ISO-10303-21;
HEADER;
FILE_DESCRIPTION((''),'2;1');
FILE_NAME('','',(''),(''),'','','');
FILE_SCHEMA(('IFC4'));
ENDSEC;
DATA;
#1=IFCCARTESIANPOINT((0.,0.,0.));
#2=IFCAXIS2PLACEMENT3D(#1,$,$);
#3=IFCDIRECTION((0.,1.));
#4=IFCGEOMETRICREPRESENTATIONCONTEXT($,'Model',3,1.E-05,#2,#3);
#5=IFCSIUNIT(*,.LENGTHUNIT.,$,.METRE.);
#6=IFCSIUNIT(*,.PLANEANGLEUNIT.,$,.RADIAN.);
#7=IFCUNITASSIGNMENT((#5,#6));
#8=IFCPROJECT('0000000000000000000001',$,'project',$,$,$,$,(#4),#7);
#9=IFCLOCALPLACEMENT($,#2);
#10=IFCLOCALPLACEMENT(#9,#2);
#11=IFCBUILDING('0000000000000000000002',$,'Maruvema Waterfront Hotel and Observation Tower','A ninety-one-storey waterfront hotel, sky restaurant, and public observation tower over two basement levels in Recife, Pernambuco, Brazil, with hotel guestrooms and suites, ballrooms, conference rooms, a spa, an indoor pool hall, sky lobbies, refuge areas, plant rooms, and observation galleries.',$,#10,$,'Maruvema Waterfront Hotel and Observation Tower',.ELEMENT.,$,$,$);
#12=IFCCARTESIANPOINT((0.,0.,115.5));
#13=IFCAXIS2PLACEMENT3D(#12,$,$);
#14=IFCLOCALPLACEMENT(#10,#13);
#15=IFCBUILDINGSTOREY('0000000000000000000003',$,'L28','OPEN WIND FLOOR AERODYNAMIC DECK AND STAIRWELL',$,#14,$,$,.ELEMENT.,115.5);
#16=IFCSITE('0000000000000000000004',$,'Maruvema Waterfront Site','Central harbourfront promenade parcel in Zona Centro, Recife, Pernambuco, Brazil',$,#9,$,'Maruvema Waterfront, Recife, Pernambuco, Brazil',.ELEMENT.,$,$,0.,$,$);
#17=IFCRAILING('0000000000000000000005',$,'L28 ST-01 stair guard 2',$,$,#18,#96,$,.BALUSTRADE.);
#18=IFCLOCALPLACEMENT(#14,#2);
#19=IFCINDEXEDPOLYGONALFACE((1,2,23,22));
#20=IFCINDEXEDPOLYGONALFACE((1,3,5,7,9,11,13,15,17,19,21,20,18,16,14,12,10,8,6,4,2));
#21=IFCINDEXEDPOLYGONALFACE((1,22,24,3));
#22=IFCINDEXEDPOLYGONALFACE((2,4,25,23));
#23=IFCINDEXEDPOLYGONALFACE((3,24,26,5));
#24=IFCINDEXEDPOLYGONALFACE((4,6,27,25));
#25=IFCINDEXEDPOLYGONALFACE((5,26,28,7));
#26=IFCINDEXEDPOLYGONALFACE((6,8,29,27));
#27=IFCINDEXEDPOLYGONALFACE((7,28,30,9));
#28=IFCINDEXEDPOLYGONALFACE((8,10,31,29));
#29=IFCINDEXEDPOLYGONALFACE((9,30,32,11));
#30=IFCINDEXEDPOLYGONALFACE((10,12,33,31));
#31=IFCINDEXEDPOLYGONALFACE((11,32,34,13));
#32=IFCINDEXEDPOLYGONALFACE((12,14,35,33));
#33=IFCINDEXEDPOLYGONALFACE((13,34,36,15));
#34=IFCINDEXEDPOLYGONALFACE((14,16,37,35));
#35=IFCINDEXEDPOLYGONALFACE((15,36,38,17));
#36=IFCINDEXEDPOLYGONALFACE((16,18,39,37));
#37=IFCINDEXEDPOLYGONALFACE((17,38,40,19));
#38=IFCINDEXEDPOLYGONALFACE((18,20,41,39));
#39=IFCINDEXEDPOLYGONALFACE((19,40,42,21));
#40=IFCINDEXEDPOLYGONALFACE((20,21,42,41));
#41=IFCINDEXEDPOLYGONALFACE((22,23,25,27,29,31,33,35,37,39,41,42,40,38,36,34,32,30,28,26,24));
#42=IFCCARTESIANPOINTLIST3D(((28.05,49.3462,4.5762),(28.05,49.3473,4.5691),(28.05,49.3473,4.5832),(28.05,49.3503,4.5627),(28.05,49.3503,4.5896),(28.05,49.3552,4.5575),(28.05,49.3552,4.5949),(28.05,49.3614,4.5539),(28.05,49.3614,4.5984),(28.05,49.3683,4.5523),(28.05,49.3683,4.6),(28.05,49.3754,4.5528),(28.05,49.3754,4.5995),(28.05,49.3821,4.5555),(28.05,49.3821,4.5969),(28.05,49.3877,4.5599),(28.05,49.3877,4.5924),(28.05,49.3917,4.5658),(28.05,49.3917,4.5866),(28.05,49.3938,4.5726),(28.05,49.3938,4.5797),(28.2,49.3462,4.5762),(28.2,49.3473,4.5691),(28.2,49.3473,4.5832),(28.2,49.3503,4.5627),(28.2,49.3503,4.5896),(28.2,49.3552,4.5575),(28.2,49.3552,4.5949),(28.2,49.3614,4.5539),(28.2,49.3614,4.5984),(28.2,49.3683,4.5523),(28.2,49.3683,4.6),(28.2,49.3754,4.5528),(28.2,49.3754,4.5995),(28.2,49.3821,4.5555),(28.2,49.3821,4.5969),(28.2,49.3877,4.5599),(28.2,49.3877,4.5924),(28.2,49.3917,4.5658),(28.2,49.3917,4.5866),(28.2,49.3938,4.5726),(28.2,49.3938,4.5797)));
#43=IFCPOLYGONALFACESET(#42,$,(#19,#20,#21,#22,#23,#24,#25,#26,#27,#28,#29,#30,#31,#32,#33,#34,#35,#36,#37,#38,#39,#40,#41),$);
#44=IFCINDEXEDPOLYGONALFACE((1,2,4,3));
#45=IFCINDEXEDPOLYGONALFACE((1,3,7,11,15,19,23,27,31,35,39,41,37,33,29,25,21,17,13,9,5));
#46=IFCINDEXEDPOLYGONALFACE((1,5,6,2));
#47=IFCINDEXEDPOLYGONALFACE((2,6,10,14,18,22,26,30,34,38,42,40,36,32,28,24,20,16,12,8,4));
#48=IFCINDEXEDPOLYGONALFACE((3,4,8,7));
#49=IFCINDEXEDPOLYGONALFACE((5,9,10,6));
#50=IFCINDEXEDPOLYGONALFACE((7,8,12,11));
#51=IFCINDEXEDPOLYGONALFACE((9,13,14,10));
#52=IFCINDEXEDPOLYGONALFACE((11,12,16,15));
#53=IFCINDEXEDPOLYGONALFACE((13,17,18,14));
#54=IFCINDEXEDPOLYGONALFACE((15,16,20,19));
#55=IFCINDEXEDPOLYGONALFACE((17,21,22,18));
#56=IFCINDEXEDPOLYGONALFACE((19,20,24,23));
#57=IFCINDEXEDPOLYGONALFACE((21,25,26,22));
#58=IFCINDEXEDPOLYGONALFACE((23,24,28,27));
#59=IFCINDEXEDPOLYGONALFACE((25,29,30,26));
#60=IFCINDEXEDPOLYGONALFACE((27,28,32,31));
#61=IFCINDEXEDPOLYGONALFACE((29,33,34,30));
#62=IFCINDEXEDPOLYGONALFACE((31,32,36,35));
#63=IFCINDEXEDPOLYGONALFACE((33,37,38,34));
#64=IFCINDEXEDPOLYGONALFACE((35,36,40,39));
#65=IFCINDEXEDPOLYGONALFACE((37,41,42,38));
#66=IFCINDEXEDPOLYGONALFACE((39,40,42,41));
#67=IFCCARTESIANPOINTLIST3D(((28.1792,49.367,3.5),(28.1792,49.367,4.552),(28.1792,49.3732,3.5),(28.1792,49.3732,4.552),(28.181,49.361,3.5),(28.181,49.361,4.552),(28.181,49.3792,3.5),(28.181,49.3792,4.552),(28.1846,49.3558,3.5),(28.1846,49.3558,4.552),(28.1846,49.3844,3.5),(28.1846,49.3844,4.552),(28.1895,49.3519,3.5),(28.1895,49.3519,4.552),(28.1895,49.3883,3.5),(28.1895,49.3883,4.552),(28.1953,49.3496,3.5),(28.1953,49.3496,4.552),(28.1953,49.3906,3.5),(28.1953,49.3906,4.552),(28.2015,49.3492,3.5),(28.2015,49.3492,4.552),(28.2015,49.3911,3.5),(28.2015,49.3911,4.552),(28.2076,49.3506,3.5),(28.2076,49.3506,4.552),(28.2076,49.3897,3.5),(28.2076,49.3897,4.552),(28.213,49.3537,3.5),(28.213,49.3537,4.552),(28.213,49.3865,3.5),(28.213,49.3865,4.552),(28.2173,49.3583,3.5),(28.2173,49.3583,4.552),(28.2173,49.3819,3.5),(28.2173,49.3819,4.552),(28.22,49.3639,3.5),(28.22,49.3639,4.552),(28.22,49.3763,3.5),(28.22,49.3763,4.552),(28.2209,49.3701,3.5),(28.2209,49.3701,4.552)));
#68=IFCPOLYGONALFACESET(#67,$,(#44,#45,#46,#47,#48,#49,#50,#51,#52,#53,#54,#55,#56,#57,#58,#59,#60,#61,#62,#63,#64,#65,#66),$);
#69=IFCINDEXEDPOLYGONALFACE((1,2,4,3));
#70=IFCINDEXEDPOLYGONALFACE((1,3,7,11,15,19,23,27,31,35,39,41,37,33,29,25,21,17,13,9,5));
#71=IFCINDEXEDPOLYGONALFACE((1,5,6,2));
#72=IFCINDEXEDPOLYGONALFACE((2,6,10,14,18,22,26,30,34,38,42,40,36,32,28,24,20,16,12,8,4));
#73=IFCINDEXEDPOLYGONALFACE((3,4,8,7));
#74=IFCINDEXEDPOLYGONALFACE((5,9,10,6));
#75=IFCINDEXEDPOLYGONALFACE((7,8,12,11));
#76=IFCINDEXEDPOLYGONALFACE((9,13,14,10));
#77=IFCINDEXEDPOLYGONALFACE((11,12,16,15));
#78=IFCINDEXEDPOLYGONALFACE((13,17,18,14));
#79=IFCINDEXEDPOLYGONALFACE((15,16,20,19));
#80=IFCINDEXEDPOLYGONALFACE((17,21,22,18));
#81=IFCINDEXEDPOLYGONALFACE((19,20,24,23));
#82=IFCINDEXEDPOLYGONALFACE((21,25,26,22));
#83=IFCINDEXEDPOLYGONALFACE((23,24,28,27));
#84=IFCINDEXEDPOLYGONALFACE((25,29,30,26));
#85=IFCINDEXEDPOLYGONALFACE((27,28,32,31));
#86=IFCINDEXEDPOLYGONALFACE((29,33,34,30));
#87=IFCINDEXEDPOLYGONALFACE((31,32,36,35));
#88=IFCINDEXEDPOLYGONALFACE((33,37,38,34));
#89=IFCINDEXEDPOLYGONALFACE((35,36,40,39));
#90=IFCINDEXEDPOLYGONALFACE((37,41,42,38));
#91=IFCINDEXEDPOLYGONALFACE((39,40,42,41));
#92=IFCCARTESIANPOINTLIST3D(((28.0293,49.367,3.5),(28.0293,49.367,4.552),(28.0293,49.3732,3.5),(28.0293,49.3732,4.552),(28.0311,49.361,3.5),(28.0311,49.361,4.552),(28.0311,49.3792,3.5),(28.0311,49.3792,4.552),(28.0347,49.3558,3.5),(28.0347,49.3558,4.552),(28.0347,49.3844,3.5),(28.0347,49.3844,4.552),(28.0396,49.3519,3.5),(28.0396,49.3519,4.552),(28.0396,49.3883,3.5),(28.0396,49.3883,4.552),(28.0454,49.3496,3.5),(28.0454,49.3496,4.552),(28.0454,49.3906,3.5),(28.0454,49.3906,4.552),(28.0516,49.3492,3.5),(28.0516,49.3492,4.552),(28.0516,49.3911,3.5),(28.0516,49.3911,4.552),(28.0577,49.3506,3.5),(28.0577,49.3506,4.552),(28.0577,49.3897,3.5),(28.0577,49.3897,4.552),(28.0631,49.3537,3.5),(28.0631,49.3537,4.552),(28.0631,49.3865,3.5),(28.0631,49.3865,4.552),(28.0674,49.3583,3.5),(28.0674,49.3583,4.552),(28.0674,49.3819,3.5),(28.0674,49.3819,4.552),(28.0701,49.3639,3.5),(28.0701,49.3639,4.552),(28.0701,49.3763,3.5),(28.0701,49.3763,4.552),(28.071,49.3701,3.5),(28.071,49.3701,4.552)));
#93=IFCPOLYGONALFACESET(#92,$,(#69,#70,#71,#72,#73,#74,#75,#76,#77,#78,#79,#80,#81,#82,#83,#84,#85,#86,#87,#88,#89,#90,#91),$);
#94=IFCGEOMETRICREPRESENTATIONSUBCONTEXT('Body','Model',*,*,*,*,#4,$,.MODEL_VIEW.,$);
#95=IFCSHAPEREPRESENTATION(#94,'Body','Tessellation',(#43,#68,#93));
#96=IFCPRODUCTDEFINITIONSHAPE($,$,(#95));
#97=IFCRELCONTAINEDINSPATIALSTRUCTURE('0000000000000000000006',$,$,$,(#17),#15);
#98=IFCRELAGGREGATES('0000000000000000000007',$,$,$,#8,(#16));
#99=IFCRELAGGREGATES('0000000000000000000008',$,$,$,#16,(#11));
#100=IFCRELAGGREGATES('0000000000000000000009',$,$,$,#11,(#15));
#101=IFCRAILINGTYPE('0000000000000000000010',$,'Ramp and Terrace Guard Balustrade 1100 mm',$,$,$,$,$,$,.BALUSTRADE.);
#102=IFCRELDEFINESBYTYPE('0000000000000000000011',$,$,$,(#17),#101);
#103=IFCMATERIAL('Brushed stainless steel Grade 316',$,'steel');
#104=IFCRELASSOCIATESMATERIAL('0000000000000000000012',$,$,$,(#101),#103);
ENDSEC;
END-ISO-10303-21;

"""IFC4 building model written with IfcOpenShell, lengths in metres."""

from ifc_helpers import new_model, si_unit, direction, frame, origin, origin_2d, place, context, subcontext, project, spatial, circle, extrude, material, type_object, element, save


model = new_model("IFC4")

# Units and contexts
model_context = context("Model", 3, precision=1e-05, world=origin(), true_north=direction((0.0, 1.0)))
body_context = subcontext(model_context, "Body", "Model", "MODEL_VIEW")
ifc_project = project(units=[si_unit("LENGTHUNIT", "METRE"), si_unit("PLANEANGLEUNIT", "RADIAN")], contexts=[model_context])

# Site, building, storey
site_placement = place(None, origin())
site = spatial("IfcSite", under=ifc_project, at=site_placement, Name="Maruvema Waterfront Site", Description="Central harbourfront promenade parcel in Zona Centro, Recife, Pernambuco, Brazil", LongName="Maruvema Waterfront, Recife, Pernambuco, Brazil", CompositionType="ELEMENT", RefElevation=0.0)
building_placement = place(site_placement, origin())
building = spatial("IfcBuilding", under=site, at=building_placement, Name="Maruvema Waterfront Hotel and Observation Tower", Description="A ninety-one-storey waterfront hotel, sky restaurant, and public observation tower over two basement levels in Recife, Pernambuco, Brazil, with hotel guestrooms and suites, ballrooms, conference rooms, a spa, an indoor pool hall, sky lobbies, refuge areas, plant rooms, and observation galleries.", LongName="Maruvema Waterfront Hotel and Observation Tower", CompositionType="ELEMENT")
storey_placement = place(building_placement, frame((0.0, 0.0, 115.5)))
storey = spatial("IfcBuildingStorey", under=building, at=storey_placement, Name="L28", Description="OPEN WIND FLOOR AERODYNAMIC DECK AND STAIRWELL", CompositionType="ELEMENT", Elevation=115.5)

# Railing
ifc_material_1 = material(Name="Brushed stainless steel Grade 316", Category="steel")
railing_type_1 = type_object("IfcRailingType", Name="Ramp and Terrace Guard Balustrade 1100 mm", PredefinedType="BALUSTRADE", material=ifc_material_1)
railing_1_placement = place(storey_placement, frame((28.2, 49.3701, 3.5)))
element("IfcRailing", 1, at=railing_1_placement, inside=storey, type_object=railing_type_1, Name="L28 ST-01 stair guard 2", PredefinedType="BALUSTRADE", context=body_context, shape_type="SweptSolid", body=[
    extrude(circle(Radius=0.0239, at=origin_2d()), frame((0.0, 0.0, 1.0762), z_axis=(-1.0, 0.0, 0.0), x_axis=(0.0, -1.0, 0.0)), (0.0, 0.0, 1.0), 0.1499),
    extrude(circle(Radius=0.021, at=origin_2d()), origin(), (0.0, 0.0, 1.0), 1.052),
    extrude(circle(Radius=0.021, at=origin_2d()), frame((-0.1499, 0.0, 0.0)), (0.0, 0.0, 1.0), 1.052),
])

save(model, "model.ifc")
